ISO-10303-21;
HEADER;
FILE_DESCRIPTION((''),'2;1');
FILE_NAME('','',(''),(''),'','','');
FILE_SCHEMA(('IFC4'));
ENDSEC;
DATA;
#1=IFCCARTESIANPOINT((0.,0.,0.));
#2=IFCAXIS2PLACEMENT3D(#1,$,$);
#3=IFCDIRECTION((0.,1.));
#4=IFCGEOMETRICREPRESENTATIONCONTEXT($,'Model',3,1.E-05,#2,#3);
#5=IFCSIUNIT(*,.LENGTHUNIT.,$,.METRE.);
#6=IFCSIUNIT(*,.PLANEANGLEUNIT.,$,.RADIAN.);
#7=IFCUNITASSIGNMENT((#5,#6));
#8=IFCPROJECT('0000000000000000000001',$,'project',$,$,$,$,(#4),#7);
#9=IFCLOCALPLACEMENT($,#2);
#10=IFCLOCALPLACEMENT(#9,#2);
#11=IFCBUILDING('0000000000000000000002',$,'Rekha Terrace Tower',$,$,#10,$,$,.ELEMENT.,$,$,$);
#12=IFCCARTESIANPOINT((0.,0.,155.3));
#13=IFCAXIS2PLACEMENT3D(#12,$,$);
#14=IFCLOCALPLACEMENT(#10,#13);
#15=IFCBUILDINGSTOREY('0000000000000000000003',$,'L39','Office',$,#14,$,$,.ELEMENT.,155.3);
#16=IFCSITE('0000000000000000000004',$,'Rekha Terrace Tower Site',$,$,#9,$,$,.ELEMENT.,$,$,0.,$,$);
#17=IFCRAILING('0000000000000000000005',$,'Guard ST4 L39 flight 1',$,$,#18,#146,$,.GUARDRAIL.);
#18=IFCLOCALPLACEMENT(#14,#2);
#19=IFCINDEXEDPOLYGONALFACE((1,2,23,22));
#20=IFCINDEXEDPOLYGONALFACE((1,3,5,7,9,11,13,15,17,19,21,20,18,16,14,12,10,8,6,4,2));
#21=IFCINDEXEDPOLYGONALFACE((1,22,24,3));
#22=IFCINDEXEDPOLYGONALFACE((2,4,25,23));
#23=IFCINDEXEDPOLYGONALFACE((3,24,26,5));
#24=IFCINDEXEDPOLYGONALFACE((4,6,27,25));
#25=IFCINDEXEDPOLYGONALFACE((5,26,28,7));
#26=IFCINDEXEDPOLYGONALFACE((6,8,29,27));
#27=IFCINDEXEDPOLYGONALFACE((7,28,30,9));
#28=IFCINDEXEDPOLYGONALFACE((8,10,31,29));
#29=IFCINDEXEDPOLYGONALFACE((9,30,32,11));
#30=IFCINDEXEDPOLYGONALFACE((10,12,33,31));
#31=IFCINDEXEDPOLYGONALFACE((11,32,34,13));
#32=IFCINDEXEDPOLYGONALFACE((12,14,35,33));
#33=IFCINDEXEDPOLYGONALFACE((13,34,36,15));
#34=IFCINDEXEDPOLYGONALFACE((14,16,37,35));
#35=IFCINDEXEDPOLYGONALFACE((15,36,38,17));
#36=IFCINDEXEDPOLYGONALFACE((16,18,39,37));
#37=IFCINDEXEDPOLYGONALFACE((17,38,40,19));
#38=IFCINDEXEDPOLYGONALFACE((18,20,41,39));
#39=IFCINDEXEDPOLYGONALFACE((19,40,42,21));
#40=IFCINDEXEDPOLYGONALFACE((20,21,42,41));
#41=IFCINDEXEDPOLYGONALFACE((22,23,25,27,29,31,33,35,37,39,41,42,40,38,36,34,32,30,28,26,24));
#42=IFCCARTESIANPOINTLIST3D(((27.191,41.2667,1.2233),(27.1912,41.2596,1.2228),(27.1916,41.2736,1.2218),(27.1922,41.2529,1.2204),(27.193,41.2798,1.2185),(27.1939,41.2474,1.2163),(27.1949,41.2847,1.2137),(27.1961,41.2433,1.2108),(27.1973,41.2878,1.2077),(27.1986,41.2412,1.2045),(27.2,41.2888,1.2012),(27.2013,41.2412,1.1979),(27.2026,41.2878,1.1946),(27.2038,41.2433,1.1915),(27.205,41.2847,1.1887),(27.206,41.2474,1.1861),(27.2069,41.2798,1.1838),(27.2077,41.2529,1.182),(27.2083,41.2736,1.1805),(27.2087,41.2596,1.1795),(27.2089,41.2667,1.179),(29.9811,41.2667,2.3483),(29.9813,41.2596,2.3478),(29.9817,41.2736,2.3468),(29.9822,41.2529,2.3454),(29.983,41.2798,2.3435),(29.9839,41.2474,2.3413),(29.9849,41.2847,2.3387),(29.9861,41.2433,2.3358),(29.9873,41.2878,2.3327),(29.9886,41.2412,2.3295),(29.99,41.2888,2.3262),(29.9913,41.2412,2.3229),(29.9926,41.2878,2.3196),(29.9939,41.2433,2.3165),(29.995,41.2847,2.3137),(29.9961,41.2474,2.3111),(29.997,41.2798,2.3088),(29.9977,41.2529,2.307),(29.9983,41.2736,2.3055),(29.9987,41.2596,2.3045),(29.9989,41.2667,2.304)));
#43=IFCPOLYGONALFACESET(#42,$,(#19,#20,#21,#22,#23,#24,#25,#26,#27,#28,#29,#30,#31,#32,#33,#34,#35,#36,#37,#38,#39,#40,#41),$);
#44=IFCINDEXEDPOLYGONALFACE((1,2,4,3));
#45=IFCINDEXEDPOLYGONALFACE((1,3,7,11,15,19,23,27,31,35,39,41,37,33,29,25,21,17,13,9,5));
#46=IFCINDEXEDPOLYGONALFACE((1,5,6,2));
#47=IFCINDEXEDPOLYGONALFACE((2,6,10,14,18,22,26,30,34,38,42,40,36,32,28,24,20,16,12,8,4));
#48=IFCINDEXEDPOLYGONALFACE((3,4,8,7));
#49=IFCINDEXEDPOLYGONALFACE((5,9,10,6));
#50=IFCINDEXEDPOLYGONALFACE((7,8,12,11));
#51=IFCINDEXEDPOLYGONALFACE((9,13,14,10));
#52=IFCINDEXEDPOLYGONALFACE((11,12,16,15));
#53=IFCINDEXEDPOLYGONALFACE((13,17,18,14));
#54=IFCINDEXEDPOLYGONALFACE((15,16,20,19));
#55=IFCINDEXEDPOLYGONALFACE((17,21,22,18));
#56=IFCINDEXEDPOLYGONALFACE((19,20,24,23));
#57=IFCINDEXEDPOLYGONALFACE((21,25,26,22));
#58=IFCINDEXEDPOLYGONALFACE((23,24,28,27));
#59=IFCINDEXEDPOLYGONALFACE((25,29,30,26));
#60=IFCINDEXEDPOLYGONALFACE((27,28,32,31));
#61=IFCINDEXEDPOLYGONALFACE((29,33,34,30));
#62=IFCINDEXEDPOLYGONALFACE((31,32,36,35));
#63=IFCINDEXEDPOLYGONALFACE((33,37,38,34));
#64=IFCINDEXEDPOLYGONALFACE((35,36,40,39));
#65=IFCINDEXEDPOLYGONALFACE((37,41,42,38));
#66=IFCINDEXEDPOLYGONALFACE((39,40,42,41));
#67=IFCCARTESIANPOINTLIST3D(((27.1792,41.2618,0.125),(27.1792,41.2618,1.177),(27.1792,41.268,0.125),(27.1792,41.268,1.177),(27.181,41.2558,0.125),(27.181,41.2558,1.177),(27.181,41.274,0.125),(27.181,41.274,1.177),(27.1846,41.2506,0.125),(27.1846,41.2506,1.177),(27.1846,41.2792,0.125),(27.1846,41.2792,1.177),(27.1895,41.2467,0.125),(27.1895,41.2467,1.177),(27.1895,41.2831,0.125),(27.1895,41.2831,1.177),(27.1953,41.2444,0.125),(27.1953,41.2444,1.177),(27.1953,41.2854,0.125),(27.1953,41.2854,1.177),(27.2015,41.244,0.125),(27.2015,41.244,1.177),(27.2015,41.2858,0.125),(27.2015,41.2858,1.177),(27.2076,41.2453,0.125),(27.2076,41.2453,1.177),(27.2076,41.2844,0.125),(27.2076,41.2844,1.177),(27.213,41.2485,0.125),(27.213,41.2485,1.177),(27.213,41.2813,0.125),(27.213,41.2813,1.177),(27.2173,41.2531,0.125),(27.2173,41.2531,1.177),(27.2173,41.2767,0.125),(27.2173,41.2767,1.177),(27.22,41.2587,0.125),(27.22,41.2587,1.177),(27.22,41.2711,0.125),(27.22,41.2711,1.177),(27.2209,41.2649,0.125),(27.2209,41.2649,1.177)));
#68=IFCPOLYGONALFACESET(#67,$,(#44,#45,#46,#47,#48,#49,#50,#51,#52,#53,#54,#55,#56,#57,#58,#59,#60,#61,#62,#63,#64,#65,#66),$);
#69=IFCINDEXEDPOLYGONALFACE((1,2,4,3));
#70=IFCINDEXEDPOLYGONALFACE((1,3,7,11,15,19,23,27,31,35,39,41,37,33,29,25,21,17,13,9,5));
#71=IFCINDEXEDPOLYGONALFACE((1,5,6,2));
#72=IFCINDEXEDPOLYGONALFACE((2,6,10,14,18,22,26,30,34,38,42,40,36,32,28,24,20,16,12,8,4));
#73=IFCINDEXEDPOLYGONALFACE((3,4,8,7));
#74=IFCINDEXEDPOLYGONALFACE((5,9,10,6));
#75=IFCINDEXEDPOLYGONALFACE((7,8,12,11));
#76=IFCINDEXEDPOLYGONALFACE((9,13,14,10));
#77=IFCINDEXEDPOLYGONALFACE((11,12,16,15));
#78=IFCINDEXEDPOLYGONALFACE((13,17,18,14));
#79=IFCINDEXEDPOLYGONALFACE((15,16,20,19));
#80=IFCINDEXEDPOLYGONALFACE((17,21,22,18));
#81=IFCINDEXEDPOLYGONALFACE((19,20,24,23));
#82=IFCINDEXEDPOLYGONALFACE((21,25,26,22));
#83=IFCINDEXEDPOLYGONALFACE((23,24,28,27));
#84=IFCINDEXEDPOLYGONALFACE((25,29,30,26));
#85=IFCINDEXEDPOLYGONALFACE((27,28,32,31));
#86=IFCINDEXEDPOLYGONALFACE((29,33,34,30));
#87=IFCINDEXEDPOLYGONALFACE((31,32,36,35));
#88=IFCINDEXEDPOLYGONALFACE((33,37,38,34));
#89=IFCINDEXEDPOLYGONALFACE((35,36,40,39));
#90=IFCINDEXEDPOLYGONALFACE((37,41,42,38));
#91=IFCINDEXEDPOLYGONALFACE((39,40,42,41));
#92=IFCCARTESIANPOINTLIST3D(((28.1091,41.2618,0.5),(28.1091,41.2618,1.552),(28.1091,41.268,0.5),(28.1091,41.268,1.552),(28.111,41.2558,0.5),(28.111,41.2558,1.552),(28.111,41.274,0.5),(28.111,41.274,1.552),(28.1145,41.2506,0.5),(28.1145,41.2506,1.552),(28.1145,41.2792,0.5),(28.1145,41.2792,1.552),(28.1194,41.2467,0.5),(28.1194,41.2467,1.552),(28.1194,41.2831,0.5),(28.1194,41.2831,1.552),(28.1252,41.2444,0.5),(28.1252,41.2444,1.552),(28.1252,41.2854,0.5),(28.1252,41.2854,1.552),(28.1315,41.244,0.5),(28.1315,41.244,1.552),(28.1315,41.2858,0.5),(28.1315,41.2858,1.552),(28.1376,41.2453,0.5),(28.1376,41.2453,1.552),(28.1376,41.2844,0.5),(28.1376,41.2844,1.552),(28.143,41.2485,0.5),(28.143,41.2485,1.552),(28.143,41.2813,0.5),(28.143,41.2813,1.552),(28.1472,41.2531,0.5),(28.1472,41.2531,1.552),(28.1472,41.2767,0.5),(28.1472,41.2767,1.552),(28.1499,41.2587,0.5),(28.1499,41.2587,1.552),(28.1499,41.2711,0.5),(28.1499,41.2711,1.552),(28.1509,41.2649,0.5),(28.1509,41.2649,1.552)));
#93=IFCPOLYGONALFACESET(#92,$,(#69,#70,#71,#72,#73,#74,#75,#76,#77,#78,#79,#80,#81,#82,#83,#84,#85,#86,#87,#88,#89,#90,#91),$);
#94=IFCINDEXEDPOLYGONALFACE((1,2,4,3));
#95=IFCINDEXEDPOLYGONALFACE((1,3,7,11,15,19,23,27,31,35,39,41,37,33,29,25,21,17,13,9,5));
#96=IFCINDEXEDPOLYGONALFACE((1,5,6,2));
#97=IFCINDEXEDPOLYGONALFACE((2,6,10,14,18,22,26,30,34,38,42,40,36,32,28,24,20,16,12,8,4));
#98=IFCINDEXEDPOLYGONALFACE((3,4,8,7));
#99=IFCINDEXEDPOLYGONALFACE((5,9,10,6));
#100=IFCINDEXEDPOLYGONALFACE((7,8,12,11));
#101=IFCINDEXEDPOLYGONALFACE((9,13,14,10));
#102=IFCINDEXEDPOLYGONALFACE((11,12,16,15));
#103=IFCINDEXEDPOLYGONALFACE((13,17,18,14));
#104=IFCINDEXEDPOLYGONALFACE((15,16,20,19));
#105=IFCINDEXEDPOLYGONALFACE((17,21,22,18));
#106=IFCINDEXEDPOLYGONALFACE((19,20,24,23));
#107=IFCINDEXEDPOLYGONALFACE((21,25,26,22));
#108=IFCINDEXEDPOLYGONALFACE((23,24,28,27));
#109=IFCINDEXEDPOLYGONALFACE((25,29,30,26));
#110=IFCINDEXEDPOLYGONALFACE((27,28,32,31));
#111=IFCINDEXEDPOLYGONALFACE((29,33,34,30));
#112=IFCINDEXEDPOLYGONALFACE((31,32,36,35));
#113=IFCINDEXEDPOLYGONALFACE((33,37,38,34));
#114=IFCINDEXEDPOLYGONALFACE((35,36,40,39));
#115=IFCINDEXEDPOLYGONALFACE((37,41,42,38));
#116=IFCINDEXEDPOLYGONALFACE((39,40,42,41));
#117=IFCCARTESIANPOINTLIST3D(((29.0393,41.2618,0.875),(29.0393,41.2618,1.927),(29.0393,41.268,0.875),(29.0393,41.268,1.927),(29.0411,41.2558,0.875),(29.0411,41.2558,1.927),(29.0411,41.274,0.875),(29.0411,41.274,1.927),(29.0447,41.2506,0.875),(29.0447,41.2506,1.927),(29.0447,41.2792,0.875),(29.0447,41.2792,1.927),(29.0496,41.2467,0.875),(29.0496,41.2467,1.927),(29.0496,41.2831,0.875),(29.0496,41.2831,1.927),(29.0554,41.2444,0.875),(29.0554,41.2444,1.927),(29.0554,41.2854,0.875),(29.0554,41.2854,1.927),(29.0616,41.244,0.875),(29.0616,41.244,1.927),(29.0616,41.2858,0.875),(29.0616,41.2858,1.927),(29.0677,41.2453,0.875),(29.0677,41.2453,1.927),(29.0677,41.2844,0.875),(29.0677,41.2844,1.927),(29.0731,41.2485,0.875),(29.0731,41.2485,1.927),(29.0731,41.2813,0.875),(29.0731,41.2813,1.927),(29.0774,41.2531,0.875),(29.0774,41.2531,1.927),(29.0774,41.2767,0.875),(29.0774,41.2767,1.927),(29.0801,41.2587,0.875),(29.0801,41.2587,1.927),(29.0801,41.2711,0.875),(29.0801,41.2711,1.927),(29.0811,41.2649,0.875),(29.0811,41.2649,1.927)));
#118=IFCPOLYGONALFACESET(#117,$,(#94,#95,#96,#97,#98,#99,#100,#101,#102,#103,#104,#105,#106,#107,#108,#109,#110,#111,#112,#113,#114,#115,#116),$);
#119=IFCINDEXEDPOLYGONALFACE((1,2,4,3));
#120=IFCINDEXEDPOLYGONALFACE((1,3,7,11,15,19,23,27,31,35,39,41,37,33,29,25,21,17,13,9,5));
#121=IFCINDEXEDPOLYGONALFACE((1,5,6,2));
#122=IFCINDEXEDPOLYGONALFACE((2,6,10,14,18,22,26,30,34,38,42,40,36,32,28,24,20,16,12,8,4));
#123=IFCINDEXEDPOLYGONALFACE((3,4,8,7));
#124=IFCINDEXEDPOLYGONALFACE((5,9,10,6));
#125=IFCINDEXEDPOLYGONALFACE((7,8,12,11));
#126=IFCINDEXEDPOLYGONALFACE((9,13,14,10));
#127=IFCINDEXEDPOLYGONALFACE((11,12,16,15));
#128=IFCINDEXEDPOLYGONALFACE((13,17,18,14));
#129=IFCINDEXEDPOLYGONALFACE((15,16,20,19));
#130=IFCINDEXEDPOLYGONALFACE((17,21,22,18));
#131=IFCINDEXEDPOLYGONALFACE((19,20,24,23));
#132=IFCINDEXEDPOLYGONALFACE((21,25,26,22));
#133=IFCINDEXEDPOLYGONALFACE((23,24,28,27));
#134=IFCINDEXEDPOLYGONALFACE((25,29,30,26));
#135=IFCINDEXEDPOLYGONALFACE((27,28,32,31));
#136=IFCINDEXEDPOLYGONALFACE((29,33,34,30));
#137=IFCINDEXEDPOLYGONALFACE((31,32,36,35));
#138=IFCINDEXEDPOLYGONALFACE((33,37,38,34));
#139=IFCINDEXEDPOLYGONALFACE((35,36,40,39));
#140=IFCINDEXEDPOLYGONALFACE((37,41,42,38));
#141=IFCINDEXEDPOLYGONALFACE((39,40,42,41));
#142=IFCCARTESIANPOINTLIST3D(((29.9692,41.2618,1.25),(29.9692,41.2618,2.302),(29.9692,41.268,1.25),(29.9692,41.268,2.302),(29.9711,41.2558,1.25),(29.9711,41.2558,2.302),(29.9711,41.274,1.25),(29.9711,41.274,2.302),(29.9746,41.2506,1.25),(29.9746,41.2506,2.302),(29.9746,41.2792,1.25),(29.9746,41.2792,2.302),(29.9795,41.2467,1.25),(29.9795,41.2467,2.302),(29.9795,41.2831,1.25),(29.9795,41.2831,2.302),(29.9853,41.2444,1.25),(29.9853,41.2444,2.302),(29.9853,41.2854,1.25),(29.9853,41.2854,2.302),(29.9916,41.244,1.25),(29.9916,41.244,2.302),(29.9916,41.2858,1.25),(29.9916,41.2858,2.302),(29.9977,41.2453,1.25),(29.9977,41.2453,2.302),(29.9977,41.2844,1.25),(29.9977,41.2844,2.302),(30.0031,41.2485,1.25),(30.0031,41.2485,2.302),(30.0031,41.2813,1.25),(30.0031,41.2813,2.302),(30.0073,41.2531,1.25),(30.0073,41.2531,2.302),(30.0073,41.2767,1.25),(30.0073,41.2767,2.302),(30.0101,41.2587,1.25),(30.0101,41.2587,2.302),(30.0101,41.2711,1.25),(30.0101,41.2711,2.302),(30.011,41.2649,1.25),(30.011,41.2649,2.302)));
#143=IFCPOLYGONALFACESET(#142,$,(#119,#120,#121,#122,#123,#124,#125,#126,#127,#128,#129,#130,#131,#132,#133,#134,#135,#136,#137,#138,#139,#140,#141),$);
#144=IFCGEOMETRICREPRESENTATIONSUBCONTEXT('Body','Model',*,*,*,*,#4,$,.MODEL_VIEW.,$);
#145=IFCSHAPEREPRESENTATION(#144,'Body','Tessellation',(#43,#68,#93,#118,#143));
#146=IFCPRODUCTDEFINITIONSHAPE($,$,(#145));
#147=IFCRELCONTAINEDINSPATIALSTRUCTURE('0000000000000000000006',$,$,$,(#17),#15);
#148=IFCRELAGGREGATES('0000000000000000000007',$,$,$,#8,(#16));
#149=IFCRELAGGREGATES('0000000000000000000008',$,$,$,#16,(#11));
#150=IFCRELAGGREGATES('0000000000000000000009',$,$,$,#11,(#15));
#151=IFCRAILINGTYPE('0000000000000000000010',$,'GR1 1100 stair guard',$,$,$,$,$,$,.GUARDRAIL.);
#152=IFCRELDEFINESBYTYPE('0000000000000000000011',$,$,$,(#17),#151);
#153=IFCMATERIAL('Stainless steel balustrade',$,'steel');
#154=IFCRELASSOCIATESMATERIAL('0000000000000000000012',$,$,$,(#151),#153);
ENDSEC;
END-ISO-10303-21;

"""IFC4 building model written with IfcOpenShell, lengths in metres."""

from ifc_helpers import new_model, si_unit, direction, frame, origin, origin_2d, place, context, subcontext, project, spatial, circle, extrude, material, type_object, element, save


model = new_model("IFC4")

# Units and contexts
model_context = context("Model", 3, precision=1e-05, world=origin(), true_north=direction((0.0, 1.0)))
body_context = subcontext(model_context, "Body", "Model", "MODEL_VIEW")
ifc_project = project(units=[si_unit("LENGTHUNIT", "METRE"), si_unit("PLANEANGLEUNIT", "RADIAN")], contexts=[model_context])

# Site, building, storey
site_placement = place(None, origin())
site = spatial("IfcSite", under=ifc_project, at=site_placement, Name="Rekha Terrace Tower Site", CompositionType="ELEMENT", RefElevation=0.0)
building_placement = place(site_placement, origin())
building = spatial("IfcBuilding", under=site, at=building_placement, Name="Rekha Terrace Tower", CompositionType="ELEMENT")
storey_placement = place(building_placement, frame((0.0, 0.0, 155.3)))
storey = spatial("IfcBuildingStorey", under=building, at=storey_placement, Name="L39", Description="Office", CompositionType="ELEMENT", Elevation=155.3)

# Railing
ifc_material_1 = material(Name="Stainless steel balustrade", Category="steel")
railing_type_1 = type_object("IfcRailingType", Name="GR1 1100 stair guard", PredefinedType="GUARDRAIL", material=ifc_material_1)
railing_1_placement = place(storey_placement, frame((27.2, 41.2649, 0.125)))
element("IfcRailing", 1, at=railing_1_placement, inside=storey, type_object=railing_type_1, Name="Guard ST4 L39 flight 1", PredefinedType="GUARDRAIL", context=body_context, shape_type="SweptSolid", body=[
    extrude(circle(Radius=0.0239, at=origin_2d()), frame((0.0, 0.0, 1.0762), z_axis=(0.927443, 0.0, 0.373964), x_axis=(0.0, 1.0, 0.0)), (0.0, 0.0, 1.0), 3.0083),
    extrude(circle(Radius=0.021, at=origin_2d()), origin(), (0.0, 0.0, 1.0), 1.052),
    extrude(circle(Radius=0.021, at=origin_2d()), frame((0.9299, 0.0, 0.375)), (0.0, 0.0, 1.0), 1.052),
    extrude(circle(Radius=0.021, at=origin_2d()), frame((1.8601, 0.0, 0.75)), (0.0, 0.0, 1.0), 1.052),
    extrude(circle(Radius=0.021, at=origin_2d()), frame((2.79, 0.0, 1.125)), (0.0, 0.0, 1.0), 1.052),
])

save(model, "model.ifc")
